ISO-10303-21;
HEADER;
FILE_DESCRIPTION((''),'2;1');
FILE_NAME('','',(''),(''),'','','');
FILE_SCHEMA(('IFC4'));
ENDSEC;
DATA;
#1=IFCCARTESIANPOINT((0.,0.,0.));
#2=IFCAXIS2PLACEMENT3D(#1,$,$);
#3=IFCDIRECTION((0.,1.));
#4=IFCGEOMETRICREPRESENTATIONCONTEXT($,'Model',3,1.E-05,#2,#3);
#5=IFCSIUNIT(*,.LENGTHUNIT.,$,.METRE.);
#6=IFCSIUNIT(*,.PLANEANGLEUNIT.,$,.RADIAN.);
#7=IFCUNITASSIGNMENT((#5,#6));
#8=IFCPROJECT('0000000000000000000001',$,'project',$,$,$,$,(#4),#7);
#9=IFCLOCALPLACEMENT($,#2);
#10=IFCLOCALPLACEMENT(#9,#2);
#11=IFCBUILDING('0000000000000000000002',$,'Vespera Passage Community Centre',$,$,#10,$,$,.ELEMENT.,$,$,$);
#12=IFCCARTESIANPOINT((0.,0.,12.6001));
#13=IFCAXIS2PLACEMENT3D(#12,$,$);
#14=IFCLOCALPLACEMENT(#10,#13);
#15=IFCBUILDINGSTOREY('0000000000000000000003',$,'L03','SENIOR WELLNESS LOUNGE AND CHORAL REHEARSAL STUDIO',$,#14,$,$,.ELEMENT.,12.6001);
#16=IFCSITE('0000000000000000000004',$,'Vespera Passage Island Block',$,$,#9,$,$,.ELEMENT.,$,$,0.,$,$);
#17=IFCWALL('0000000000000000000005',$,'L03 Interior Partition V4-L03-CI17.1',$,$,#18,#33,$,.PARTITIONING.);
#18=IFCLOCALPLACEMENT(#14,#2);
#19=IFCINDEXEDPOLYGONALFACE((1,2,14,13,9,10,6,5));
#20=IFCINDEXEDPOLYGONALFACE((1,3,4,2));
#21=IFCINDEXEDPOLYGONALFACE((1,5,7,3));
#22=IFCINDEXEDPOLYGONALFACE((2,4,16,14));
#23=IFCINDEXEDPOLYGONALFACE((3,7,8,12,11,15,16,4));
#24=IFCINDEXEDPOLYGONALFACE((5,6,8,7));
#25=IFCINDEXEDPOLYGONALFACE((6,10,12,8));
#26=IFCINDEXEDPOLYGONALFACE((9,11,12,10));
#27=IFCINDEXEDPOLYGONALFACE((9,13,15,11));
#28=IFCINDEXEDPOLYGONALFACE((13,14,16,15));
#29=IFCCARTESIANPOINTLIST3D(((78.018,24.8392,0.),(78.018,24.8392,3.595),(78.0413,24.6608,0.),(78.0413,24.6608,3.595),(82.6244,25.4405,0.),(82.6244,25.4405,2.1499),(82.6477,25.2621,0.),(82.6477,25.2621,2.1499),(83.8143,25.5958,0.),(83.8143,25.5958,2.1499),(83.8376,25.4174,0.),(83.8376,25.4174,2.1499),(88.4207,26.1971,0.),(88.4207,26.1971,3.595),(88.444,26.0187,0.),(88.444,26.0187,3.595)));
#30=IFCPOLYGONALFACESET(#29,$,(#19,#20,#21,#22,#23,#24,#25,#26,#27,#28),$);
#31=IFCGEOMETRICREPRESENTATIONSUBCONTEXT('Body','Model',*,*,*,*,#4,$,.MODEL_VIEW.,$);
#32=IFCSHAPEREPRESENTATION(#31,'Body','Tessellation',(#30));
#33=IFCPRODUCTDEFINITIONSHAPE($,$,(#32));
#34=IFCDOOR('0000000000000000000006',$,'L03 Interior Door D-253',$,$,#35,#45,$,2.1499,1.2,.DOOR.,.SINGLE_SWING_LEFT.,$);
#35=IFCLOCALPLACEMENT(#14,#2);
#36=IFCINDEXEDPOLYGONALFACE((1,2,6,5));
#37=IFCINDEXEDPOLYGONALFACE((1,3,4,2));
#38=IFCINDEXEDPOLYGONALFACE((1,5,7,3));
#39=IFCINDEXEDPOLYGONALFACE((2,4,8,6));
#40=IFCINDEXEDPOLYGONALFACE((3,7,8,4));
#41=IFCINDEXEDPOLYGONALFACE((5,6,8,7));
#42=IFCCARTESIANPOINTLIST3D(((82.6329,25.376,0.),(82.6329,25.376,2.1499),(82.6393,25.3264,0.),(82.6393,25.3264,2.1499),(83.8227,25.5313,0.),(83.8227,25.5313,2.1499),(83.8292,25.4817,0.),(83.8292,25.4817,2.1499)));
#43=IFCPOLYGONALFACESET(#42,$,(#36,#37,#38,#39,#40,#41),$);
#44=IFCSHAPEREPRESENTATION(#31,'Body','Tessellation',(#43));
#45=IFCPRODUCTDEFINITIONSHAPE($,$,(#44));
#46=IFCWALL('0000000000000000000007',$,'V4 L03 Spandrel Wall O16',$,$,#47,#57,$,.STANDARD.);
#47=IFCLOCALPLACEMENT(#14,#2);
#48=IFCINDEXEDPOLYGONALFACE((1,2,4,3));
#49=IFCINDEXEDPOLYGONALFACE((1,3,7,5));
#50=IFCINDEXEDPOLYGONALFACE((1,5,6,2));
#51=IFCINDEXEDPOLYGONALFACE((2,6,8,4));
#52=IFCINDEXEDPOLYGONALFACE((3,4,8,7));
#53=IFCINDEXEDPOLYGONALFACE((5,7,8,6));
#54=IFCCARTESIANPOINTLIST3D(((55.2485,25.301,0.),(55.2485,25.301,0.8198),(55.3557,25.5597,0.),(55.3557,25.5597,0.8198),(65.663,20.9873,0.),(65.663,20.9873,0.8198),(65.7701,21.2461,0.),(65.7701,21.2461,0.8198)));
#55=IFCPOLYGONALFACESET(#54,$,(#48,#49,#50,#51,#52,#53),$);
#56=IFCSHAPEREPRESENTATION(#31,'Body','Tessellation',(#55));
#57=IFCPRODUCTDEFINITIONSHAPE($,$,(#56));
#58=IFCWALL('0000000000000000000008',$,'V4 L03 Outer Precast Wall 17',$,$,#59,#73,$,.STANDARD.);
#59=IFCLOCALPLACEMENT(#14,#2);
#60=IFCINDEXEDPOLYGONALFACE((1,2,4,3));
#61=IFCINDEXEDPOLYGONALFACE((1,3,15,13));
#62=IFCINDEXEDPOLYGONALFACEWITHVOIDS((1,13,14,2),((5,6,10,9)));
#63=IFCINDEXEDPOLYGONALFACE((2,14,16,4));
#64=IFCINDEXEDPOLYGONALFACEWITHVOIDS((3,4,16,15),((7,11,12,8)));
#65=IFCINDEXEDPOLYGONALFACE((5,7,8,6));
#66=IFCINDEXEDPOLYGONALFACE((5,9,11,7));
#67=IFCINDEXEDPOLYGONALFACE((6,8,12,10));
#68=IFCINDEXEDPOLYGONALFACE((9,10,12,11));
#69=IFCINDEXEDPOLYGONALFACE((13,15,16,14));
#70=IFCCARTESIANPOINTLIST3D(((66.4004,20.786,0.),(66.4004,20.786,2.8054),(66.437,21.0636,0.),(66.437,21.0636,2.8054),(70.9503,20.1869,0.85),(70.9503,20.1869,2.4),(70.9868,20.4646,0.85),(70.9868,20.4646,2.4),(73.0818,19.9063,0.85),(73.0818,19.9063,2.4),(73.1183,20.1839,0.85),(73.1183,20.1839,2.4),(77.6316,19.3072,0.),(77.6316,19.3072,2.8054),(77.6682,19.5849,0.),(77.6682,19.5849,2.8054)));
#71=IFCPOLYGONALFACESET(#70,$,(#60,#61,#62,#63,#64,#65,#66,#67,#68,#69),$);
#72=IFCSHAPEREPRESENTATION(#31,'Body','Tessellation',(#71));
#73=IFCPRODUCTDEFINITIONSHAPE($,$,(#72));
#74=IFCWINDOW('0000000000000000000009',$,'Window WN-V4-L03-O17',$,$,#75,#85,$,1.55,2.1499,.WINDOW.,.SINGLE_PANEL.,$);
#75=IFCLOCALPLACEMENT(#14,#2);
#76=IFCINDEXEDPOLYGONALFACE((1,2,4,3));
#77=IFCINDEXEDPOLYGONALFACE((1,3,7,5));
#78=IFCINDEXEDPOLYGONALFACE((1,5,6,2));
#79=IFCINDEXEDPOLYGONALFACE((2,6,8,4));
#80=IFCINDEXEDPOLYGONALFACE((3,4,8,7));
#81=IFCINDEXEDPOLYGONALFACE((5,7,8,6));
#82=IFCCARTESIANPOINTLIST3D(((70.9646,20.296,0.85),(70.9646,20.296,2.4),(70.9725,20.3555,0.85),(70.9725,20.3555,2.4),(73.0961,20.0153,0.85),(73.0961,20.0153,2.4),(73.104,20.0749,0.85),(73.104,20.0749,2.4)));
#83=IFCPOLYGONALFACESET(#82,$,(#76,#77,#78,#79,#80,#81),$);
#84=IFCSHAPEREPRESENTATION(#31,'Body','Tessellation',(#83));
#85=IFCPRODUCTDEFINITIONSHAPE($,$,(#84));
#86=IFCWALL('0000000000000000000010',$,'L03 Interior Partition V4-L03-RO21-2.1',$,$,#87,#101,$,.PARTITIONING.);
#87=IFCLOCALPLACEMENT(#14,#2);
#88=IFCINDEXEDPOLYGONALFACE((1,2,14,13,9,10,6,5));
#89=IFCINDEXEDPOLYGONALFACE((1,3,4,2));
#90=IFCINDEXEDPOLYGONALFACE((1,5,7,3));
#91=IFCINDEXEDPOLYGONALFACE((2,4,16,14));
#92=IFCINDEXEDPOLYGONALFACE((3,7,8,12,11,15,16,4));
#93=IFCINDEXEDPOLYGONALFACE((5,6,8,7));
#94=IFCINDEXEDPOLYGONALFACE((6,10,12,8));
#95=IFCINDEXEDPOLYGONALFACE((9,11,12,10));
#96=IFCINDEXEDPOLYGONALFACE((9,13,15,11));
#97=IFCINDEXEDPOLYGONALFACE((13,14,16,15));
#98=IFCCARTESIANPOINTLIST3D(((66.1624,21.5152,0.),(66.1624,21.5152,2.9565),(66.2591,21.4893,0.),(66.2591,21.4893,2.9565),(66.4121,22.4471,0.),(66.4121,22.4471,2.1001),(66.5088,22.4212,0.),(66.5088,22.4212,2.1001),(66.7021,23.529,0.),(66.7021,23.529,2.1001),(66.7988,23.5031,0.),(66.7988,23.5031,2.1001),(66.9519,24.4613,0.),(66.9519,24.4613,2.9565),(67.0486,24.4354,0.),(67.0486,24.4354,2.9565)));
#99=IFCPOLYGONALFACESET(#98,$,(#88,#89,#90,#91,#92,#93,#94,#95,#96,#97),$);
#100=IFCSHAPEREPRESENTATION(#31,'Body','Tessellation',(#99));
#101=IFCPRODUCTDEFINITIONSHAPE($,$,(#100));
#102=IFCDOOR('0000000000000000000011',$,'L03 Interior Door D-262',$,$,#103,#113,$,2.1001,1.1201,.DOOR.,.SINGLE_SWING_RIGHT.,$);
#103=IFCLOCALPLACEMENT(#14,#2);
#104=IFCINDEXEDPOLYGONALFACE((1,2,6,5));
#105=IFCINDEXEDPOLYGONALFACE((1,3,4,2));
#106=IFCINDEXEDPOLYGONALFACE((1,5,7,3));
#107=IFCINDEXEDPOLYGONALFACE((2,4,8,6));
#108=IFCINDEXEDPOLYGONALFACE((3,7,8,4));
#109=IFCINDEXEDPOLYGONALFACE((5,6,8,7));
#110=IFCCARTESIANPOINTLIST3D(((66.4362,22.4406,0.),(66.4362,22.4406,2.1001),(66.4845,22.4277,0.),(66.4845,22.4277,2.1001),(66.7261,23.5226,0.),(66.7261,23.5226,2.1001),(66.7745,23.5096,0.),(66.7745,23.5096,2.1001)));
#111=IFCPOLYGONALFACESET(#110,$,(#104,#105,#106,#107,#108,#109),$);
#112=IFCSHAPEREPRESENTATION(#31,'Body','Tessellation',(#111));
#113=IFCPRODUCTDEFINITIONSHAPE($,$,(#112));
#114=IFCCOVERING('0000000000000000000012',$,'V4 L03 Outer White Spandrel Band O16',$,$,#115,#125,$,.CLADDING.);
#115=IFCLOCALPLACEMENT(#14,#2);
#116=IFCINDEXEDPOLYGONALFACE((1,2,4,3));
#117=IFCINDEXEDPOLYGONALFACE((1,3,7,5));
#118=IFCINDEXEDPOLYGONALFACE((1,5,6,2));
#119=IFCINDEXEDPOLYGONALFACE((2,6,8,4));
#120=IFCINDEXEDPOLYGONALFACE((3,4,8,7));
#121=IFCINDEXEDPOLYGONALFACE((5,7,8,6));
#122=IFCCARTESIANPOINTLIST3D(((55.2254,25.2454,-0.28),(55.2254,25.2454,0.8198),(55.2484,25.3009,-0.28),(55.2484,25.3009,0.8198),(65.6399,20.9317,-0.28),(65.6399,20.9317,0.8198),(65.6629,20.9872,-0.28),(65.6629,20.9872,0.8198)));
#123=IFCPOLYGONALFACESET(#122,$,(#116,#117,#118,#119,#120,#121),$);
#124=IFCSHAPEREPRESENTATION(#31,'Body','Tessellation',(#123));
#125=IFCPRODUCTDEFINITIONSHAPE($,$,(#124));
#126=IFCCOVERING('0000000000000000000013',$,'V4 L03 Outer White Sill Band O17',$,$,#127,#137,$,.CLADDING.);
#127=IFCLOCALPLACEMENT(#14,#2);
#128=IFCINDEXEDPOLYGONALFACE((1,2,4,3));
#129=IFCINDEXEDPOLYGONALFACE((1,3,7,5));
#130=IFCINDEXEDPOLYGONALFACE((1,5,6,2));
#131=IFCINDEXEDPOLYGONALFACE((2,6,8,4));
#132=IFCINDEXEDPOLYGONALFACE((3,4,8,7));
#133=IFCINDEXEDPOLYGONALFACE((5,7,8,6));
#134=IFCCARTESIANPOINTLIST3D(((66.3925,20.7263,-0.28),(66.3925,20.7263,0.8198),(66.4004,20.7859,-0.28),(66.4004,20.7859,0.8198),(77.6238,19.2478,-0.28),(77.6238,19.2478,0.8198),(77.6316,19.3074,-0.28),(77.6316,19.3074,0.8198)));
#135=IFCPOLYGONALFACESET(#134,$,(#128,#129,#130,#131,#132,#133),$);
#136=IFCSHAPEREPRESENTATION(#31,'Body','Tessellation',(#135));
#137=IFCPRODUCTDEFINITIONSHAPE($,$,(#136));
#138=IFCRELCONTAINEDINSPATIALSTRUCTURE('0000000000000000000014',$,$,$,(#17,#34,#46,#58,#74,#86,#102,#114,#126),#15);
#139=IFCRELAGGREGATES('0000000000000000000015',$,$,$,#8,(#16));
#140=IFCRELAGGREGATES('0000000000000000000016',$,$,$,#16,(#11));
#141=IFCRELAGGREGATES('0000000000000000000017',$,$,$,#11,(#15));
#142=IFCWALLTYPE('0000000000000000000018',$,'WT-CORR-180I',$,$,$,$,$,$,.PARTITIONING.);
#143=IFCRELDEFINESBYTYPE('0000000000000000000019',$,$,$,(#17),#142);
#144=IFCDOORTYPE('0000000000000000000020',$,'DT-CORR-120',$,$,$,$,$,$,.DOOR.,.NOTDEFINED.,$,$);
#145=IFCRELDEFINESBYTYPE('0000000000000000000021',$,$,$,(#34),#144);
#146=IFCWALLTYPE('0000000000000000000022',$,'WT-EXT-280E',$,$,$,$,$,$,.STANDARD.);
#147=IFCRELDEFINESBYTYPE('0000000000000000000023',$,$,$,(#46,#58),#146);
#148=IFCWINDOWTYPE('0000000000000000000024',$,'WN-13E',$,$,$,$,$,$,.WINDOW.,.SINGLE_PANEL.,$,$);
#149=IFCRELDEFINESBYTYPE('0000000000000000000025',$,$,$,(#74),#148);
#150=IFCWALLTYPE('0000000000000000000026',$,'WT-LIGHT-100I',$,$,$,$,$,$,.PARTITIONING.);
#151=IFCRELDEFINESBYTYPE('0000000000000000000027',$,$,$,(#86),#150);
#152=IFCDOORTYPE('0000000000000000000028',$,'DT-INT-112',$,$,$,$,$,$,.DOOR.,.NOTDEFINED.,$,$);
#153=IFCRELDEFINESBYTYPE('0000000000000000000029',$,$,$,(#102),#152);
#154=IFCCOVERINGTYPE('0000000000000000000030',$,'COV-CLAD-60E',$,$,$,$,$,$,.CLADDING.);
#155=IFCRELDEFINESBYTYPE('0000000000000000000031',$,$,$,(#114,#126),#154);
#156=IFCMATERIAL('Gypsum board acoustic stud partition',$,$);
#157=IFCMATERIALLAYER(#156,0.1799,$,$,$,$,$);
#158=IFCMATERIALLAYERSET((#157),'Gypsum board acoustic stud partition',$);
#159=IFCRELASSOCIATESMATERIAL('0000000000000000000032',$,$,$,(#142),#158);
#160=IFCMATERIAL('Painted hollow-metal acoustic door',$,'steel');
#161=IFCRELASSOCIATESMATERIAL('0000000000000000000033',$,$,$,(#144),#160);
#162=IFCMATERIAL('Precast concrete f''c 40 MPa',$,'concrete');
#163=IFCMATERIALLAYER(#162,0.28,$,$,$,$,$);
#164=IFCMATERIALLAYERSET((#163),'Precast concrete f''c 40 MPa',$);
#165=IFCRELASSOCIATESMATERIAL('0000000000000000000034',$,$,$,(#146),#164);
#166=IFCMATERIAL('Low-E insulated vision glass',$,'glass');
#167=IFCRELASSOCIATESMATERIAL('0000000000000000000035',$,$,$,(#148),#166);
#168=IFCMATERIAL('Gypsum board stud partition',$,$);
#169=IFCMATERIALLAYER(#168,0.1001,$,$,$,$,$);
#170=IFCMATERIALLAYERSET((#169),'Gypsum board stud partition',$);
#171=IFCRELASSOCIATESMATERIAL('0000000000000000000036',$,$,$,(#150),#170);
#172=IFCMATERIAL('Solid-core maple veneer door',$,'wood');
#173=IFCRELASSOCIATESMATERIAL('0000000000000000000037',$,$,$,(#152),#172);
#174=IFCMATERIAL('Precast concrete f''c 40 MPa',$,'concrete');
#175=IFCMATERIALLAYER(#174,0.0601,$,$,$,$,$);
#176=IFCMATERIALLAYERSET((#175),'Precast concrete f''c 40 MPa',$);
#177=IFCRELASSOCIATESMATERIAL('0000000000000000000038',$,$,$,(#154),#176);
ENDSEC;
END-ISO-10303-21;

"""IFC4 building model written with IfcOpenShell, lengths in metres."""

from ifc_helpers import new_model, si_unit, direction, frame, frame_2d, origin, place, context, subcontext, project, spatial, rectangle, extrude, material, layer, layer_set, type_object, element, fill, save


model = new_model("IFC4")

# Units and contexts
model_context = context("Model", 3, precision=1e-05, world=origin(), true_north=direction((0.0, 1.0)))
body_context = subcontext(model_context, "Body", "Model", "MODEL_VIEW")
ifc_project = project(units=[si_unit("LENGTHUNIT", "METRE"), si_unit("PLANEANGLEUNIT", "RADIAN")], contexts=[model_context])

# Site, building, storey
site_placement = place(None, origin())
site = spatial("IfcSite", under=ifc_project, at=site_placement, Name="Vespera Passage Island Block", CompositionType="ELEMENT", RefElevation=0.0)
building_placement = place(site_placement, origin())
building = spatial("IfcBuilding", under=site, at=building_placement, Name="Vespera Passage Community Centre", CompositionType="ELEMENT")
storey_placement = place(building_placement, frame((0.0, 0.0, 12.6001)))
storey = spatial("IfcBuildingStorey", under=building, at=storey_placement, Name="L03", Description="SENIOR WELLNESS LOUNGE AND CHORAL REHEARSAL STUDIO", CompositionType="ELEMENT", Elevation=12.6001)

# Wall, opening, door
ifc_material_1 = material(Name="Gypsum board acoustic stud partition")
ifc_layer_1 = layer(ifc_material_1, 0.1799)
ifc_layer_set_1 = layer_set([ifc_layer_1], Name="Gypsum board acoustic stud partition")
wall_type_1 = type_object("IfcWallType", Name="WT-CORR-180I", PredefinedType="PARTITIONING", material=ifc_layer_set_1)
wall_1_placement = place(storey_placement, frame((78.0295, 24.75, 0.0), z_axis=(0.0, 0.0, 1.0), x_axis=(0.991588, 0.129435, 0.0)))
wall_1 = element("IfcWall", 1, at=wall_1_placement, inside=storey, type_object=wall_type_1, Name="L03 Interior Partition V4-L03-CI17.1", PredefinedType="PARTITIONING", context=body_context, shape_type="SweptSolid", body=[
    extrude(rectangle(XDim=10.491, YDim=0.1799, at=frame_2d((5.2456, 0.0))), origin(), (0.0, 0.0, 1.0), 3.595),
])
opening_1_placement = place(wall_1_placement, frame((4.6455, 0.0, 0.0)))
opening_1 = element("IfcOpeningElement", 2, at=opening_1_placement, cuts=wall_1, PredefinedType="OPENING", context=body_context, shape_type="SweptSolid", body=[
    extrude(rectangle(XDim=1.2, YDim=2.1499, at=frame_2d((0.6001, 1.075))), frame((0.0, 0.0999, 0.0), z_axis=(0.0, -1.0, 0.0), x_axis=(1.0, 0.0, 0.0)), (0.0, 0.0, 1.0), 0.2),
])
ifc_material_2 = material(Name="Painted hollow-metal acoustic door", Category="steel")
door_type_1 = type_object("IfcDoorType", Name="DT-CORR-120", OperationType="NOTDEFINED", PredefinedType="DOOR", material=ifc_material_2)
door_1_placement = place(opening_1_placement, origin())
door_1 = element("IfcDoor", 3, at=door_1_placement, inside=storey, type_object=door_type_1, Name="L03 Interior Door D-253", OperationType="SINGLE_SWING_LEFT", OverallHeight=2.1499, OverallWidth=1.2, PredefinedType="DOOR", context=body_context, shape_type="SweptSolid", body=[
    extrude(rectangle(XDim=1.2, YDim=2.1499, at=frame_2d((0.6001, 1.075))), frame((0.0, 0.0249, 0.0), z_axis=(0.0, -1.0, 0.0), x_axis=(1.0, 0.0, 0.0)), (0.0, 0.0, 1.0), 0.05),
])
fill(opening_1, door_1)

# Wall
ifc_material_3 = material(Name="Precast concrete f'c 40 MPa", Category="concrete")
ifc_layer_2 = layer(ifc_material_3, 0.28)
ifc_layer_set_2 = layer_set([ifc_layer_2], Name="Precast concrete f'c 40 MPa")
wall_type_2 = type_object("IfcWallType", Name="WT-EXT-280E", PredefinedType="STANDARD", material=ifc_layer_set_2)
wall_2_placement = place(storey_placement, frame((65.7166, 21.1167, 0.0), z_axis=(0.0, 0.0, 1.0), x_axis=(-0.923884, 0.382674, 0.0)))
element("IfcWall", 4, at=wall_2_placement, inside=storey, type_object=wall_type_2, Name="V4 L03 Spandrel Wall O16", PredefinedType="STANDARD", context=body_context, shape_type="SweptSolid", body=[
    extrude(rectangle(XDim=11.2725, YDim=0.28, at=frame_2d((5.6362, 0.0))), origin(), (0.0, 0.0, 1.0), 0.8198),
])

# Wall, opening, window
wall_3_placement = place(storey_placement, frame((77.6499, 19.446, 0.0), z_axis=(0.0, 0.0, 1.0), x_axis=(-0.991443, 0.130539, 0.0)))
wall_3 = element("IfcWall", 5, at=wall_3_placement, inside=storey, type_object=wall_type_2, Name="V4 L03 Outer Precast Wall 17", PredefinedType="STANDARD", context=body_context, shape_type="SweptSolid", body=[
    extrude(rectangle(XDim=11.3281, YDim=0.28, at=frame_2d((5.6641, 0.0))), origin(), (0.0, 0.0, 1.0), 2.8054),
])
opening_2_placement = place(wall_3_placement, frame((4.5891, 0.0, 0.8501)))
opening_2 = element("IfcOpeningElement", 6, at=opening_2_placement, cuts=wall_3, PredefinedType="OPENING", context=body_context, shape_type="SweptSolid", body=[
    extrude(rectangle(XDim=2.1499, YDim=1.55, at=frame_2d((1.075, 0.7749))), frame((0.0, 0.1501, 0.0), z_axis=(0.0, -1.0, 0.0), x_axis=(1.0, 0.0, 0.0)), (0.0, 0.0, 1.0), 0.3),
])
ifc_material_4 = material(Name="Low-E insulated vision glass", Category="glass")
window_type = type_object("IfcWindowType", Name="WN-13E", PartitioningType="SINGLE_PANEL", PredefinedType="WINDOW", material=ifc_material_4)
window_placement = place(opening_2_placement, origin())
window = element("IfcWindow", 7, at=window_placement, inside=storey, type_object=window_type, Name="Window WN-V4-L03-O17", OverallHeight=1.55, OverallWidth=2.1499, PartitioningType="SINGLE_PANEL", PredefinedType="WINDOW", context=body_context, shape_type="SweptSolid", body=[
    extrude(rectangle(XDim=2.1499, YDim=1.55, at=frame_2d((1.075, 0.7749))), frame((0.0, 0.03, 0.0), z_axis=(0.0, -1.0, 0.0), x_axis=(1.0, 0.0, 0.0)), (0.0, 0.0, 1.0), 0.0601),
])
fill(opening_2, window)

# Wall, opening, door
ifc_material_5 = material(Name="Gypsum board stud partition")
ifc_layer_3 = layer(ifc_material_5, 0.1001)
ifc_layer_set_3 = layer_set([ifc_layer_3], Name="Gypsum board stud partition")
wall_type_3 = type_object("IfcWallType", Name="WT-LIGHT-100I", PredefinedType="PARTITIONING", material=ifc_layer_set_3)
wall_4_placement = place(storey_placement, frame((67.0002, 24.4482, 0.0), z_axis=(0.0, 0.0, 1.0), x_axis=(-0.258868, -0.965913, 0.0)))
wall_4 = element("IfcWall", 8, at=wall_4_placement, inside=storey, type_object=wall_type_3, Name="L03 Interior Partition V4-L03-RO21-2.1", PredefinedType="PARTITIONING", context=body_context, shape_type="SweptSolid", body=[
    extrude(rectangle(XDim=3.05, YDim=0.1001, at=frame_2d((1.5249, 0.0))), origin(), (0.0, 0.0, 1.0), 2.9565),
])
opening_3_placement = place(wall_4_placement, frame((0.9651, 0.0, 0.0)))
opening_3 = element("IfcOpeningElement", 9, at=opening_3_placement, cuts=wall_4, PredefinedType="OPENING", context=body_context, shape_type="SweptSolid", body=[
    extrude(rectangle(XDim=1.1201, YDim=2.1001, at=frame_2d((0.5601, 1.05))), frame((0.0, 0.0601, 0.0), z_axis=(0.0, -1.0, 0.0), x_axis=(1.0, 0.0, 0.0)), (0.0, 0.0, 1.0), 0.1201),
])
ifc_material_6 = material(Name="Solid-core maple veneer door", Category="wood")
door_type_2 = type_object("IfcDoorType", Name="DT-INT-112", OperationType="NOTDEFINED", PredefinedType="DOOR", material=ifc_material_6)
door_2_placement = place(opening_3_placement, origin())
door_2 = element("IfcDoor", 10, at=door_2_placement, inside=storey, type_object=door_type_2, Name="L03 Interior Door D-262", OperationType="SINGLE_SWING_RIGHT", OverallHeight=2.1001, OverallWidth=1.1201, PredefinedType="DOOR", context=body_context, shape_type="SweptSolid", body=[
    extrude(rectangle(XDim=1.1201, YDim=2.1001, at=frame_2d((0.5601, 1.05))), frame((0.0, 0.0249, 0.0), z_axis=(0.0, -1.0, 0.0), x_axis=(1.0, 0.0, 0.0)), (0.0, 0.0, 1.0), 0.05),
])
fill(opening_3, door_2)

# Coverings
ifc_material_7 = material(Name="Precast concrete f'c 40 MPa", Category="concrete")
ifc_layer_4 = layer(ifc_material_7, 0.0601)
ifc_layer_set_4 = layer_set([ifc_layer_4], Name="Precast concrete f'c 40 MPa")
covering_type = type_object("IfcCoveringType", Name="COV-CLAD-60E", PredefinedType="CLADDING", material=ifc_layer_set_4)
covering_1_placement = place(storey_placement, frame((65.6514, 20.9595, -0.28), z_axis=(0.0, 0.0, 1.0), x_axis=(-0.923884, 0.382674, 0.0)))
element("IfcCovering", 11, at=covering_1_placement, inside=storey, type_object=covering_type, Name="V4 L03 Outer White Spandrel Band O16", PredefinedType="CLADDING", context=body_context, shape_type="SweptSolid", body=[
    extrude(rectangle(XDim=11.2725, YDim=0.0601, at=frame_2d((5.6362, 0.0))), origin(), (0.0, 0.0, 1.0), 1.0999),
])
covering_2_placement = place(storey_placement, frame((77.6277, 19.2776, -0.28), z_axis=(0.0, 0.0, 1.0), x_axis=(-0.991446, 0.130518, 0.0)))
element("IfcCovering", 12, at=covering_2_placement, inside=storey, type_object=covering_type, Name="V4 L03 Outer White Sill Band O17", PredefinedType="CLADDING", context=body_context, shape_type="SweptSolid", body=[
    extrude(rectangle(XDim=11.3281, YDim=0.0601, at=frame_2d((5.6641, 0.0))), origin(), (0.0, 0.0, 1.0), 1.0999),
])

save(model, "model.ifc")
